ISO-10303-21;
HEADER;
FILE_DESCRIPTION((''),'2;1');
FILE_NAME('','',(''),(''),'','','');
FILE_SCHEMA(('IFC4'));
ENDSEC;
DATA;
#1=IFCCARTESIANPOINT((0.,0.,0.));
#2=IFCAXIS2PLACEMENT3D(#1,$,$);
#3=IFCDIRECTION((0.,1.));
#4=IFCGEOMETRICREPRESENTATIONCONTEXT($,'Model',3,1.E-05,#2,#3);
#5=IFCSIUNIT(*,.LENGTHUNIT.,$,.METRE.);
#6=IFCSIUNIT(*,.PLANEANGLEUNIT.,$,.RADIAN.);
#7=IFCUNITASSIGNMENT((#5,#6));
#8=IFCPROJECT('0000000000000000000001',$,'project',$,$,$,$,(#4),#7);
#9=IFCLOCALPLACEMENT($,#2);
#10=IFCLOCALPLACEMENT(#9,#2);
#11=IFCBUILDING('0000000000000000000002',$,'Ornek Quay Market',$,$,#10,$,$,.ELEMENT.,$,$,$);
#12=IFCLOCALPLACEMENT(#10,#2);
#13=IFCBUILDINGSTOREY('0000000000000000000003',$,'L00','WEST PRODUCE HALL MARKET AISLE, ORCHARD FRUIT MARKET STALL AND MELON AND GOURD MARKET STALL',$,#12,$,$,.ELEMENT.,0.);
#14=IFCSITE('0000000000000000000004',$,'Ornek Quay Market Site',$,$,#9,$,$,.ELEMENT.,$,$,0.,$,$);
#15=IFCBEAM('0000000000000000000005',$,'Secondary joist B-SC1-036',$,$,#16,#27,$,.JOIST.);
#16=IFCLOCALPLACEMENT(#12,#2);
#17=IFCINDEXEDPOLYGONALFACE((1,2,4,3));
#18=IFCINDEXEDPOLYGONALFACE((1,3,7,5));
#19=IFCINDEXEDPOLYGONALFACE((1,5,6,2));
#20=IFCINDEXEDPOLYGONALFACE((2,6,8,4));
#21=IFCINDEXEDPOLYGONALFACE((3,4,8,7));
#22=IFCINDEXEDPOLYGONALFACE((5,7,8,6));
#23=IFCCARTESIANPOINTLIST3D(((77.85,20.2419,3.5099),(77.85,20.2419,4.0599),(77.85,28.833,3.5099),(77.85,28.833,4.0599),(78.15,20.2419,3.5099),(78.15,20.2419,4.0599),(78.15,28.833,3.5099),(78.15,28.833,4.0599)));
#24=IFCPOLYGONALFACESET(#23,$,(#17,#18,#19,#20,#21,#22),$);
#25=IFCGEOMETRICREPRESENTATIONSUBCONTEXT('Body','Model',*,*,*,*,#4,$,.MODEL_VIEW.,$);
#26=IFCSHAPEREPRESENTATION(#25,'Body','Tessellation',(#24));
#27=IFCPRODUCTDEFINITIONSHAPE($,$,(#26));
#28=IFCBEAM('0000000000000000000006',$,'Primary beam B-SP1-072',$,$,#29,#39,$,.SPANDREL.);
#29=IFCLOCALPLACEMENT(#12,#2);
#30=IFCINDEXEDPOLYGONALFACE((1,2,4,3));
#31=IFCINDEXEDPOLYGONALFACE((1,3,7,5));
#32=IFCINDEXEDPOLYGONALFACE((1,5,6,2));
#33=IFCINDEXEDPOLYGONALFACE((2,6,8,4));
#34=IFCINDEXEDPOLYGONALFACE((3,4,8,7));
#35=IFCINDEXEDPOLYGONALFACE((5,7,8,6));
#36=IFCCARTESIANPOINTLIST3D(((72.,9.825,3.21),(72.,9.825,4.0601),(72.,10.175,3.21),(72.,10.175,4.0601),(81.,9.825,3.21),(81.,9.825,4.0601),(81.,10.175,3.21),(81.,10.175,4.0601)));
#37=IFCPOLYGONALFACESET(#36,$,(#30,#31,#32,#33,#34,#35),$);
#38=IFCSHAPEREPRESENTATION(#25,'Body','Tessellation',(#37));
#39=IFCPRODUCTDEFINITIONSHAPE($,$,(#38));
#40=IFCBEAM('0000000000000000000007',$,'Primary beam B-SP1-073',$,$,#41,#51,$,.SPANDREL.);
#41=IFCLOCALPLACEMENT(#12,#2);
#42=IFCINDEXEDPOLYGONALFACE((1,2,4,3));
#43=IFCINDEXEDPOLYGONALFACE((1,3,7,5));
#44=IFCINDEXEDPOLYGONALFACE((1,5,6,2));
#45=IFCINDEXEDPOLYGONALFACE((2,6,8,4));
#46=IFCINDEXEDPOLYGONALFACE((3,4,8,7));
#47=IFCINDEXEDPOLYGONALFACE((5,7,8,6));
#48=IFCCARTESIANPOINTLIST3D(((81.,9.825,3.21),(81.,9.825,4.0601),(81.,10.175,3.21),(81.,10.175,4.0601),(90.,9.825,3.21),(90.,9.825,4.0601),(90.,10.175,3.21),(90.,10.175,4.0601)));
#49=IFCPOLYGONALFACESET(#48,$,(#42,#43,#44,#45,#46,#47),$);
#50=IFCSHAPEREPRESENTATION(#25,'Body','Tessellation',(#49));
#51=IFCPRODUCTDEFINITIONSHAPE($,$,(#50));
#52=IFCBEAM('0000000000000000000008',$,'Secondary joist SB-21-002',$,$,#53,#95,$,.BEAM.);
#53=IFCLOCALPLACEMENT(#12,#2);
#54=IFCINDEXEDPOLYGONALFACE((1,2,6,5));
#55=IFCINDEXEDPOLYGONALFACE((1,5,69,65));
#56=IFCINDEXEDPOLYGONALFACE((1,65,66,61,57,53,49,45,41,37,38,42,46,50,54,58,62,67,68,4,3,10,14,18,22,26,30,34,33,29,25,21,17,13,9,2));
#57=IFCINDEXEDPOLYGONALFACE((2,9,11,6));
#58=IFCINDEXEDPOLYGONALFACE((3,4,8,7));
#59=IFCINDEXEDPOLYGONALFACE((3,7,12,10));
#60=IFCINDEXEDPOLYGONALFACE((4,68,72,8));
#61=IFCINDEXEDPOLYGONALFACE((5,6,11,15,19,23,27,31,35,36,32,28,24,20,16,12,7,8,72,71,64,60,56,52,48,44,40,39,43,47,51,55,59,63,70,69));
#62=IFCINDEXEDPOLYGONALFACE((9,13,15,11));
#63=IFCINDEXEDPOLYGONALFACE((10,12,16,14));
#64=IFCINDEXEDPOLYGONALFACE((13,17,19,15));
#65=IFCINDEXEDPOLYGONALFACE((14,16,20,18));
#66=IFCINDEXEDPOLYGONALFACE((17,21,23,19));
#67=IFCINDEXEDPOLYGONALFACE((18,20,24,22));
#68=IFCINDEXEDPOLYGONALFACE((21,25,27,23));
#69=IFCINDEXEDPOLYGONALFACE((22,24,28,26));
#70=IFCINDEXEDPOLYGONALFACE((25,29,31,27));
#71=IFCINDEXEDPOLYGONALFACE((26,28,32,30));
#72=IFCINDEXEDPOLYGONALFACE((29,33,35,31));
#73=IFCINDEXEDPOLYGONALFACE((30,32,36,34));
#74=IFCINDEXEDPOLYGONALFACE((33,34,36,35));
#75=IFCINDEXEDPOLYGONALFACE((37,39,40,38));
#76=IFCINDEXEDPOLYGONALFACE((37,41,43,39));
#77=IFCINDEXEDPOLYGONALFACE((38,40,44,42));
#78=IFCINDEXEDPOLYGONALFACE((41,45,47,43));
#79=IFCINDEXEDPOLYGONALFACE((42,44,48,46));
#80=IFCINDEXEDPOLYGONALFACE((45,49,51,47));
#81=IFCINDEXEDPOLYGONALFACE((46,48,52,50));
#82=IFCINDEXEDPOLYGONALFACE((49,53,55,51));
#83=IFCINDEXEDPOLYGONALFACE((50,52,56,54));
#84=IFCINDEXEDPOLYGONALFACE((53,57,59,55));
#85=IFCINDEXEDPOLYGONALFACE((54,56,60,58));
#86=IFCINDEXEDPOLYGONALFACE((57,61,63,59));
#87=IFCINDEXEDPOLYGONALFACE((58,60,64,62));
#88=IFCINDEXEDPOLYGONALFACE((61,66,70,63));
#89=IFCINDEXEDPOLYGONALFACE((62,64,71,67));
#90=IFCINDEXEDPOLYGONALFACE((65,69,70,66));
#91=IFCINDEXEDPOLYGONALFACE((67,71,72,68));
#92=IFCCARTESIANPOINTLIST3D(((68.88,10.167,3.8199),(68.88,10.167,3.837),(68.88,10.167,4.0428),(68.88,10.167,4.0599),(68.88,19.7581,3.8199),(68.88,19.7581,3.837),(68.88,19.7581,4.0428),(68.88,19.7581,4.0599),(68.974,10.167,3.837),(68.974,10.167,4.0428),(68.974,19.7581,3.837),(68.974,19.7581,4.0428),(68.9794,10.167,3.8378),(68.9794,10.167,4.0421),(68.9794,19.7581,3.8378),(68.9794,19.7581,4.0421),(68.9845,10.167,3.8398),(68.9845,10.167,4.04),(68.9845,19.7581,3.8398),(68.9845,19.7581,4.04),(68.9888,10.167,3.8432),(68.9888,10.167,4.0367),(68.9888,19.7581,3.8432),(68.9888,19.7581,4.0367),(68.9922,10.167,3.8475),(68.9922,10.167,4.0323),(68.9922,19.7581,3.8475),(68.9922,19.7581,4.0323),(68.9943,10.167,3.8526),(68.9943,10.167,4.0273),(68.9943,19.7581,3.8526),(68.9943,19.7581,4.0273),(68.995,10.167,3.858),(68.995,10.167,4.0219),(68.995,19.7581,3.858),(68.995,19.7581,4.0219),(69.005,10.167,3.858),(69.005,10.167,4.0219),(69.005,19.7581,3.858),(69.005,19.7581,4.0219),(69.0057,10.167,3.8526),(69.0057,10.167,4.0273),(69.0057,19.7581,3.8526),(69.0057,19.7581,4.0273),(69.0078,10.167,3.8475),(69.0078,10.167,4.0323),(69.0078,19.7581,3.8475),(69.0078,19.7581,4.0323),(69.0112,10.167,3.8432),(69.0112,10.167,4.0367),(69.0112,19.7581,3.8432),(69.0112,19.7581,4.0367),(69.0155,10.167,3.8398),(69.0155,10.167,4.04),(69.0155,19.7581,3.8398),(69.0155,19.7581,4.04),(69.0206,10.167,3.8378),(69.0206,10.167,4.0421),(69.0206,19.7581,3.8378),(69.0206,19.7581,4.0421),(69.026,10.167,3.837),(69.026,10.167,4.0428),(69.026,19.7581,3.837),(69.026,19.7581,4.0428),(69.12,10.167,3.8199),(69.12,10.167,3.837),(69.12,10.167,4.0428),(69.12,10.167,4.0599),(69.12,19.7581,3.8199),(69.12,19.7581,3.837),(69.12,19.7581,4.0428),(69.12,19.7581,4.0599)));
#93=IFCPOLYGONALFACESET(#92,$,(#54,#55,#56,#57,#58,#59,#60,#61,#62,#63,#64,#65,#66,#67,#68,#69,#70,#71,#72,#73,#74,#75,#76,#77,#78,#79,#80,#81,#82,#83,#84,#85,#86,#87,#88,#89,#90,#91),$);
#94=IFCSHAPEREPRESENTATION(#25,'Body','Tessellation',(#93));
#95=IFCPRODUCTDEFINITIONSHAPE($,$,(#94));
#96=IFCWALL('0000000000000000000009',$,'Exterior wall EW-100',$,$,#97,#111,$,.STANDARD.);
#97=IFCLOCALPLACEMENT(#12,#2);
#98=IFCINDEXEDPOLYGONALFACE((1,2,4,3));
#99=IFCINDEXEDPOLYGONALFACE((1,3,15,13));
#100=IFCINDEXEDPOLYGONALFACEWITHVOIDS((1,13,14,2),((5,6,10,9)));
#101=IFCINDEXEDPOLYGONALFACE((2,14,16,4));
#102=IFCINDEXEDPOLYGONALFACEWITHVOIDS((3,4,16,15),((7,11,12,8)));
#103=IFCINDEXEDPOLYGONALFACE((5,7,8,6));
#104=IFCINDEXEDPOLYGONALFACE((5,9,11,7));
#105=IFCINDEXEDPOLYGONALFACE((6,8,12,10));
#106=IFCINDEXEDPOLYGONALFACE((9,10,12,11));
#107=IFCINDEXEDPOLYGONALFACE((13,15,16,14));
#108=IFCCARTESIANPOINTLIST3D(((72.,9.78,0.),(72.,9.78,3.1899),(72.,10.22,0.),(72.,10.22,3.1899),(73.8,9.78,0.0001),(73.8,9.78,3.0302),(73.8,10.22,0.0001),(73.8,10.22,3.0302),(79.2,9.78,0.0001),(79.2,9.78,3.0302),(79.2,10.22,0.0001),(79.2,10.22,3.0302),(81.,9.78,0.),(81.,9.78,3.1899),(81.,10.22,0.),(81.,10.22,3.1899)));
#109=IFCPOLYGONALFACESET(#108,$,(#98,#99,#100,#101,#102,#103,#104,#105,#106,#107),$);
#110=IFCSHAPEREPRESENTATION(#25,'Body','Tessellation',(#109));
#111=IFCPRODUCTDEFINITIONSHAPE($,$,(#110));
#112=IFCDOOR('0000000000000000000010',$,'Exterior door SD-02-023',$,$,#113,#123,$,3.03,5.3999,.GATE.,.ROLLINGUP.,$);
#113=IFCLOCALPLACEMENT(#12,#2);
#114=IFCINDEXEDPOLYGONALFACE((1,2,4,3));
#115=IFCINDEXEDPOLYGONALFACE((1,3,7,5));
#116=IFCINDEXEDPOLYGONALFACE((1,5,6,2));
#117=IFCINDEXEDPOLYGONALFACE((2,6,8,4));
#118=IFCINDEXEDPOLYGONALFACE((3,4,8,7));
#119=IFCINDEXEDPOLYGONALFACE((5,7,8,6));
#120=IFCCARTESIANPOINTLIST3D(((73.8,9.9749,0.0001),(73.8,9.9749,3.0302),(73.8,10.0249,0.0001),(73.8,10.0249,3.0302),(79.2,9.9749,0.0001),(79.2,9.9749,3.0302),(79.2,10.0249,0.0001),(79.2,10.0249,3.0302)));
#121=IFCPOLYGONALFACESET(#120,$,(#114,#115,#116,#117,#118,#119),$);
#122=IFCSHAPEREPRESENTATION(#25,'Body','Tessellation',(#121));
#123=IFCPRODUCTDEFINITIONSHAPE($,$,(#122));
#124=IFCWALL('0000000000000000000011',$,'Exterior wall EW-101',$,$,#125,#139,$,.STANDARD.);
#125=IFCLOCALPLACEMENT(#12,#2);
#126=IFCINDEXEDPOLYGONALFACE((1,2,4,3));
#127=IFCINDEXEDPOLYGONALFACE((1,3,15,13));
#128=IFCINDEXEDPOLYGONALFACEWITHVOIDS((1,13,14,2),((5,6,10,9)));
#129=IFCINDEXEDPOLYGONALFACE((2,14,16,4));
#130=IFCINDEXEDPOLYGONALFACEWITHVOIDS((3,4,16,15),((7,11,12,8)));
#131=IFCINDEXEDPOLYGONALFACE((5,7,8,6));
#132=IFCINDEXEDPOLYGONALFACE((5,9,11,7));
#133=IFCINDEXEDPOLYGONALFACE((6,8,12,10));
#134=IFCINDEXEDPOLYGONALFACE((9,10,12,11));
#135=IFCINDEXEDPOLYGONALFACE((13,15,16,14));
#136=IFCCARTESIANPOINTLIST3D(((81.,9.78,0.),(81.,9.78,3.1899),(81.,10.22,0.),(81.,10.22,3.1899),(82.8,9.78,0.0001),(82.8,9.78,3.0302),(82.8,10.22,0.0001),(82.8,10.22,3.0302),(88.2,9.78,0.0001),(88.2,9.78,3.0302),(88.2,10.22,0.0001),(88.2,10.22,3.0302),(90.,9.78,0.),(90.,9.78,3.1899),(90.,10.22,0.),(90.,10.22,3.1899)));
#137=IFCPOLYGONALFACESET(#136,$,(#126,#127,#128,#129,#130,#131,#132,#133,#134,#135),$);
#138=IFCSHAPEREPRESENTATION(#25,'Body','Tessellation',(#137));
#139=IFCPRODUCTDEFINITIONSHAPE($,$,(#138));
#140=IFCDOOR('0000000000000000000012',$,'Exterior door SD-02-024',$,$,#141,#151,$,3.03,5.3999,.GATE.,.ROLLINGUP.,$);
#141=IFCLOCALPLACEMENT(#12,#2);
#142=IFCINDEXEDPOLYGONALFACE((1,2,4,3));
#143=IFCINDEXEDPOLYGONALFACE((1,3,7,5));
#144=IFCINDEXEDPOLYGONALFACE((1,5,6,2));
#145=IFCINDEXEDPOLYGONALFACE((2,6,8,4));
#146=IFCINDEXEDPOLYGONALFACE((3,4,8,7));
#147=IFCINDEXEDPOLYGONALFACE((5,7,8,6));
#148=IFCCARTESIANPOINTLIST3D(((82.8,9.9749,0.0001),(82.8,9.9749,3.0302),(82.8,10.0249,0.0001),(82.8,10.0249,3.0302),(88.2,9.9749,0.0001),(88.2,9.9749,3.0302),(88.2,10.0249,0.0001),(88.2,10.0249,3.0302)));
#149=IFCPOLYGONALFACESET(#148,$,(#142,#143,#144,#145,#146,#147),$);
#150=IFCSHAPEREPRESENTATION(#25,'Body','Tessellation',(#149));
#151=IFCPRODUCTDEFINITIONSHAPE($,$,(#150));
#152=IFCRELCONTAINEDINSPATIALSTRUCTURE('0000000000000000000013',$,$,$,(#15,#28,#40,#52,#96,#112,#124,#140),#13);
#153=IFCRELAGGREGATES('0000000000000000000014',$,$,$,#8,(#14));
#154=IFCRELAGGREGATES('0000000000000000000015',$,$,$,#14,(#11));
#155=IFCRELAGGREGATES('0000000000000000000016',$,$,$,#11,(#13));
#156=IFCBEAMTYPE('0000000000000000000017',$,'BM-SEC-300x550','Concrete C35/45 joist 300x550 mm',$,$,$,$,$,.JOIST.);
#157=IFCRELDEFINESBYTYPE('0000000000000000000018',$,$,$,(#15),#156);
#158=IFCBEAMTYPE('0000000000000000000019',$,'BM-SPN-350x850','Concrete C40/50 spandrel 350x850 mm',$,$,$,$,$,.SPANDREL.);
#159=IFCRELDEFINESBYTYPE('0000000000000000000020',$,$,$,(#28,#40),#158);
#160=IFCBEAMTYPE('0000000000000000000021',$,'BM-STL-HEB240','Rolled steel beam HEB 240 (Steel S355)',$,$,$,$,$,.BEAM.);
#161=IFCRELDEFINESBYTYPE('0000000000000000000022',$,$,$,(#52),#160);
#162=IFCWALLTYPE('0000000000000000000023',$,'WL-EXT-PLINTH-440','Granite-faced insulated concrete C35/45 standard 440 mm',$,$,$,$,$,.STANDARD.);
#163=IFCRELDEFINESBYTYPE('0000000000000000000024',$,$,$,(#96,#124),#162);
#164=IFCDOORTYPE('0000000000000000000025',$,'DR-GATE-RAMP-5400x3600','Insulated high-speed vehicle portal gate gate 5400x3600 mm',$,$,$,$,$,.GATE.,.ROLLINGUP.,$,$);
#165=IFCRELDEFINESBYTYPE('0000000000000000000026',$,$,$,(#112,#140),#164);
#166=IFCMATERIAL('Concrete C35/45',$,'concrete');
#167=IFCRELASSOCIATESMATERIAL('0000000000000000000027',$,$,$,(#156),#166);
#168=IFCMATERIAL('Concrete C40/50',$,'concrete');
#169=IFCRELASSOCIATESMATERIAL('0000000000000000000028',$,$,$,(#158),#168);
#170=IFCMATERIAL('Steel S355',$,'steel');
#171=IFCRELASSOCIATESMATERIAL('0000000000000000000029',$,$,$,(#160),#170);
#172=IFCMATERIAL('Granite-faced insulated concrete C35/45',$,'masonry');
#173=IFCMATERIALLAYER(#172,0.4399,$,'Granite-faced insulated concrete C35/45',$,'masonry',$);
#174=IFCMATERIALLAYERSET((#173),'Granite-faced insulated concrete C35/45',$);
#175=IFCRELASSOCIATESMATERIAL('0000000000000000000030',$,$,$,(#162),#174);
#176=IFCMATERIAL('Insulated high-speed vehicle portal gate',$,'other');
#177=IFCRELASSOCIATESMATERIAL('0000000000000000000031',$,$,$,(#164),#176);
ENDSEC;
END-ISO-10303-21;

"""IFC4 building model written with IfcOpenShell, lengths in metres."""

from ifc_helpers import new_model, si_unit, direction, frame, frame_2d, origin, origin_2d, place, context, subcontext, project, spatial, rectangle, i_section, extrude, material, layer, layer_set, material_profile, profile_set, type_object, element, fill, save


model = new_model("IFC4")

# Units and contexts
model_context = context("Model", 3, precision=1e-05, world=origin(), true_north=direction((0.0, 1.0)))
body_context = subcontext(model_context, "Body", "Model", "MODEL_VIEW")
ifc_project = project(units=[si_unit("LENGTHUNIT", "METRE"), si_unit("PLANEANGLEUNIT", "RADIAN")], contexts=[model_context])

# Site, building, storey
site_placement = place(None, origin())
site = spatial("IfcSite", under=ifc_project, at=site_placement, Name="Ornek Quay Market Site", CompositionType="ELEMENT", RefElevation=0.0)
building_placement = place(site_placement, origin())
building = spatial("IfcBuilding", under=site, at=building_placement, Name="Ornek Quay Market", CompositionType="ELEMENT")
storey_placement = place(building_placement, origin())
storey = spatial("IfcBuildingStorey", under=building, at=storey_placement, Name="L00", Description="WEST PRODUCE HALL MARKET AISLE, ORCHARD FRUIT MARKET STALL AND MELON AND GOURD MARKET STALL", CompositionType="ELEMENT", Elevation=0.0)

# Shared definitions
ifc_material_1 = material(Name="Concrete C40/50", Category="concrete")

# Beams
ifc_material_2 = material(Name="Steel S355", Category="steel")
ifc_material_3 = material(Name="Concrete C35/45", Category="concrete")
ifc_material_profile_1 = material_profile(ifc_material_3, rectangle(XDim=0.3, YDim=0.55, at=origin_2d()), Name="RC 300x550", Category="concrete")
ifc_profile_set_1 = profile_set([ifc_material_profile_1], Name="Concrete C35/45")
beam_type_1 = type_object("IfcBeamType", Name="BM-SEC-300x550", Description="Concrete C35/45 joist 300x550 mm", PredefinedType="JOIST", material=ifc_profile_set_1)
for number, where, z_axis, x_axis, name in (
    (1, (78.0, 20.2419, 3.7849), (0.0, 1.0, 0.0), (-1.0, 0.0, 0.0), "Secondary joist B-SC1-036"),
):
    element("IfcBeam", number, at=place(storey_placement, frame(where, z_axis=z_axis, x_axis=x_axis)), inside=storey, type_object=beam_type_1, Name=name, PredefinedType="JOIST", context=body_context, shape_type="SweptSolid", body=[
        extrude(rectangle(XDim=0.3, YDim=0.55, at=origin_2d()), origin(), (0.0, 0.0, 1.0), 8.5911),
    ])
ifc_material_profile_2 = material_profile(ifc_material_1, rectangle(XDim=0.3501, YDim=0.8501, at=origin_2d()), Name="RC 350x850", Category="concrete")
ifc_profile_set_2 = profile_set([ifc_material_profile_2], Name="Concrete C40/50")
beam_type_2 = type_object("IfcBeamType", Name="BM-SPN-350x850", Description="Concrete C40/50 spandrel 350x850 mm", PredefinedType="SPANDREL", material=ifc_profile_set_2)
for number, where, z_axis, x_axis, name in (
    (2, (72.0, 10.0, 3.635), (1.0, 0.0, 0.0), (0.0, 1.0, 0.0), "Primary beam B-SP1-072"),
    (3, (81.0, 10.0, 3.635), (1.0, 0.0, 0.0), (0.0, 1.0, 0.0), "Primary beam B-SP1-073"),
):
    element("IfcBeam", number, at=place(storey_placement, frame(where, z_axis=z_axis, x_axis=x_axis)), inside=storey, type_object=beam_type_2, Name=name, PredefinedType="SPANDREL", context=body_context, shape_type="SweptSolid", body=[
        extrude(rectangle(XDim=0.3501, YDim=0.8501, at=origin_2d()), origin(), (0.0, 0.0, 1.0), 9.0),
    ])
ifc_material_profile_3 = material_profile(ifc_material_2, i_section(OverallWidth=0.24, OverallDepth=0.24, WebThickness=0.01, FlangeThickness=0.0171, FilletRadius=0.021, at=origin_2d()), Name="HEB 240", Category="steel")
ifc_profile_set_3 = profile_set([ifc_material_profile_3], Name="Steel S355")
beam_type_3 = type_object("IfcBeamType", Name="BM-STL-HEB240", Description="Rolled steel beam HEB 240 (Steel S355)", PredefinedType="BEAM", material=ifc_profile_set_3)
beam_1_placement = place(storey_placement, frame((69.0, 10.167, 3.9399), z_axis=(0.0, 1.0, 0.0), x_axis=(-1.0, 0.0, 0.0)))
element("IfcBeam", 4, at=beam_1_placement, inside=storey, type_object=beam_type_3, Name="Secondary joist SB-21-002", PredefinedType="BEAM", context=body_context, shape_type="SweptSolid", body=[
    extrude(i_section(OverallWidth=0.24, OverallDepth=0.24, WebThickness=0.01, FlangeThickness=0.0171, FilletRadius=0.021, at=origin_2d()), origin(), (0.0, 0.0, 1.0), 9.5911),
])

# Walls, openings, doors
ifc_material_4 = material(Name="Granite-faced insulated concrete C35/45", Category="masonry")
ifc_layer = layer(ifc_material_4, 0.4399, Name="Granite-faced insulated concrete C35/45", Category="masonry")
ifc_layer_set = layer_set([ifc_layer], Name="Granite-faced insulated concrete C35/45")
wall_type = type_object("IfcWallType", Name="WL-EXT-PLINTH-440", Description="Granite-faced insulated concrete C35/45 standard 440 mm", PredefinedType="STANDARD", material=ifc_layer_set)
wall_1_placement = place(storey_placement, frame((72.0, 10.0, 0.0), z_axis=(0.0, 0.0, 1.0), x_axis=(1.0, 0.0, 0.0)))
wall_1 = element("IfcWall", 5, at=wall_1_placement, inside=storey, type_object=wall_type, Name="Exterior wall EW-100", PredefinedType="STANDARD", context=body_context, shape_type="SweptSolid", body=[
    extrude(rectangle(XDim=9.0, YDim=0.4399, at=frame_2d((4.5, 0.0))), origin(), (0.0, 0.0, 1.0), 3.1899),
])
opening_1_placement = place(wall_1_placement, frame((1.8, 0.0, 0.0)))
opening_1 = element("IfcOpeningElement", 6, at=opening_1_placement, cuts=wall_1, PredefinedType="OPENING", context=body_context, shape_type="SweptSolid", body=[
    extrude(rectangle(XDim=5.3999, YDim=3.03, at=frame_2d((2.7, 1.5151))), frame((0.0, 0.23, 0.0), z_axis=(0.0, -1.0, 0.0), x_axis=(1.0, 0.0, 0.0)), (0.0, 0.0, 1.0), 0.46),
])
ifc_material_5 = material(Name="Insulated high-speed vehicle portal gate", Category="other")
door_type = type_object("IfcDoorType", Name="DR-GATE-RAMP-5400x3600", Description="Insulated high-speed vehicle portal gate gate 5400x3600 mm", OperationType="ROLLINGUP", PredefinedType="GATE", material=ifc_material_5)
door_1_placement = place(opening_1_placement, origin())
door_1 = element("IfcDoor", 7, at=door_1_placement, inside=storey, type_object=door_type, Name="Exterior door SD-02-023", OperationType="ROLLINGUP", OverallHeight=3.03, OverallWidth=5.3999, PredefinedType="GATE", context=body_context, shape_type="SweptSolid", body=[
    extrude(rectangle(XDim=5.3999, YDim=3.03, at=frame_2d((2.7, 1.5151))), frame((0.0, 0.0249, 0.0), z_axis=(0.0, -1.0, 0.0), x_axis=(1.0, 0.0, 0.0)), (0.0, 0.0, 1.0), 0.05),
])
fill(opening_1, door_1)
wall_2_placement = place(storey_placement, frame((81.0, 10.0, 0.0), z_axis=(0.0, 0.0, 1.0), x_axis=(1.0, 0.0, 0.0)))
wall_2 = element("IfcWall", 8, at=wall_2_placement, inside=storey, type_object=wall_type, Name="Exterior wall EW-101", PredefinedType="STANDARD", context=body_context, shape_type="SweptSolid", body=[
    extrude(rectangle(XDim=9.0, YDim=0.4399, at=frame_2d((4.5, 0.0))), origin(), (0.0, 0.0, 1.0), 3.1899),
])
opening_2_placement = place(wall_2_placement, frame((1.8, 0.0, 0.0)))
opening_2 = element("IfcOpeningElement", 9, at=opening_2_placement, cuts=wall_2, PredefinedType="OPENING", context=body_context, shape_type="SweptSolid", body=[
    extrude(rectangle(XDim=5.3999, YDim=3.03, at=frame_2d((2.7, 1.5151))), frame((0.0, 0.23, 0.0), z_axis=(0.0, -1.0, 0.0), x_axis=(1.0, 0.0, 0.0)), (0.0, 0.0, 1.0), 0.46),
])
door_2_placement = place(opening_2_placement, origin())
door_2 = element("IfcDoor", 10, at=door_2_placement, inside=storey, type_object=door_type, Name="Exterior door SD-02-024", OperationType="ROLLINGUP", OverallHeight=3.03, OverallWidth=5.3999, PredefinedType="GATE", context=body_context, shape_type="SweptSolid", body=[
    extrude(rectangle(XDim=5.3999, YDim=3.03, at=frame_2d((2.7, 1.5151))), frame((0.0, 0.0249, 0.0), z_axis=(0.0, -1.0, 0.0), x_axis=(1.0, 0.0, 0.0)), (0.0, 0.0, 1.0), 0.05),
])
fill(opening_2, door_2)

save(model, "model.ifc")
